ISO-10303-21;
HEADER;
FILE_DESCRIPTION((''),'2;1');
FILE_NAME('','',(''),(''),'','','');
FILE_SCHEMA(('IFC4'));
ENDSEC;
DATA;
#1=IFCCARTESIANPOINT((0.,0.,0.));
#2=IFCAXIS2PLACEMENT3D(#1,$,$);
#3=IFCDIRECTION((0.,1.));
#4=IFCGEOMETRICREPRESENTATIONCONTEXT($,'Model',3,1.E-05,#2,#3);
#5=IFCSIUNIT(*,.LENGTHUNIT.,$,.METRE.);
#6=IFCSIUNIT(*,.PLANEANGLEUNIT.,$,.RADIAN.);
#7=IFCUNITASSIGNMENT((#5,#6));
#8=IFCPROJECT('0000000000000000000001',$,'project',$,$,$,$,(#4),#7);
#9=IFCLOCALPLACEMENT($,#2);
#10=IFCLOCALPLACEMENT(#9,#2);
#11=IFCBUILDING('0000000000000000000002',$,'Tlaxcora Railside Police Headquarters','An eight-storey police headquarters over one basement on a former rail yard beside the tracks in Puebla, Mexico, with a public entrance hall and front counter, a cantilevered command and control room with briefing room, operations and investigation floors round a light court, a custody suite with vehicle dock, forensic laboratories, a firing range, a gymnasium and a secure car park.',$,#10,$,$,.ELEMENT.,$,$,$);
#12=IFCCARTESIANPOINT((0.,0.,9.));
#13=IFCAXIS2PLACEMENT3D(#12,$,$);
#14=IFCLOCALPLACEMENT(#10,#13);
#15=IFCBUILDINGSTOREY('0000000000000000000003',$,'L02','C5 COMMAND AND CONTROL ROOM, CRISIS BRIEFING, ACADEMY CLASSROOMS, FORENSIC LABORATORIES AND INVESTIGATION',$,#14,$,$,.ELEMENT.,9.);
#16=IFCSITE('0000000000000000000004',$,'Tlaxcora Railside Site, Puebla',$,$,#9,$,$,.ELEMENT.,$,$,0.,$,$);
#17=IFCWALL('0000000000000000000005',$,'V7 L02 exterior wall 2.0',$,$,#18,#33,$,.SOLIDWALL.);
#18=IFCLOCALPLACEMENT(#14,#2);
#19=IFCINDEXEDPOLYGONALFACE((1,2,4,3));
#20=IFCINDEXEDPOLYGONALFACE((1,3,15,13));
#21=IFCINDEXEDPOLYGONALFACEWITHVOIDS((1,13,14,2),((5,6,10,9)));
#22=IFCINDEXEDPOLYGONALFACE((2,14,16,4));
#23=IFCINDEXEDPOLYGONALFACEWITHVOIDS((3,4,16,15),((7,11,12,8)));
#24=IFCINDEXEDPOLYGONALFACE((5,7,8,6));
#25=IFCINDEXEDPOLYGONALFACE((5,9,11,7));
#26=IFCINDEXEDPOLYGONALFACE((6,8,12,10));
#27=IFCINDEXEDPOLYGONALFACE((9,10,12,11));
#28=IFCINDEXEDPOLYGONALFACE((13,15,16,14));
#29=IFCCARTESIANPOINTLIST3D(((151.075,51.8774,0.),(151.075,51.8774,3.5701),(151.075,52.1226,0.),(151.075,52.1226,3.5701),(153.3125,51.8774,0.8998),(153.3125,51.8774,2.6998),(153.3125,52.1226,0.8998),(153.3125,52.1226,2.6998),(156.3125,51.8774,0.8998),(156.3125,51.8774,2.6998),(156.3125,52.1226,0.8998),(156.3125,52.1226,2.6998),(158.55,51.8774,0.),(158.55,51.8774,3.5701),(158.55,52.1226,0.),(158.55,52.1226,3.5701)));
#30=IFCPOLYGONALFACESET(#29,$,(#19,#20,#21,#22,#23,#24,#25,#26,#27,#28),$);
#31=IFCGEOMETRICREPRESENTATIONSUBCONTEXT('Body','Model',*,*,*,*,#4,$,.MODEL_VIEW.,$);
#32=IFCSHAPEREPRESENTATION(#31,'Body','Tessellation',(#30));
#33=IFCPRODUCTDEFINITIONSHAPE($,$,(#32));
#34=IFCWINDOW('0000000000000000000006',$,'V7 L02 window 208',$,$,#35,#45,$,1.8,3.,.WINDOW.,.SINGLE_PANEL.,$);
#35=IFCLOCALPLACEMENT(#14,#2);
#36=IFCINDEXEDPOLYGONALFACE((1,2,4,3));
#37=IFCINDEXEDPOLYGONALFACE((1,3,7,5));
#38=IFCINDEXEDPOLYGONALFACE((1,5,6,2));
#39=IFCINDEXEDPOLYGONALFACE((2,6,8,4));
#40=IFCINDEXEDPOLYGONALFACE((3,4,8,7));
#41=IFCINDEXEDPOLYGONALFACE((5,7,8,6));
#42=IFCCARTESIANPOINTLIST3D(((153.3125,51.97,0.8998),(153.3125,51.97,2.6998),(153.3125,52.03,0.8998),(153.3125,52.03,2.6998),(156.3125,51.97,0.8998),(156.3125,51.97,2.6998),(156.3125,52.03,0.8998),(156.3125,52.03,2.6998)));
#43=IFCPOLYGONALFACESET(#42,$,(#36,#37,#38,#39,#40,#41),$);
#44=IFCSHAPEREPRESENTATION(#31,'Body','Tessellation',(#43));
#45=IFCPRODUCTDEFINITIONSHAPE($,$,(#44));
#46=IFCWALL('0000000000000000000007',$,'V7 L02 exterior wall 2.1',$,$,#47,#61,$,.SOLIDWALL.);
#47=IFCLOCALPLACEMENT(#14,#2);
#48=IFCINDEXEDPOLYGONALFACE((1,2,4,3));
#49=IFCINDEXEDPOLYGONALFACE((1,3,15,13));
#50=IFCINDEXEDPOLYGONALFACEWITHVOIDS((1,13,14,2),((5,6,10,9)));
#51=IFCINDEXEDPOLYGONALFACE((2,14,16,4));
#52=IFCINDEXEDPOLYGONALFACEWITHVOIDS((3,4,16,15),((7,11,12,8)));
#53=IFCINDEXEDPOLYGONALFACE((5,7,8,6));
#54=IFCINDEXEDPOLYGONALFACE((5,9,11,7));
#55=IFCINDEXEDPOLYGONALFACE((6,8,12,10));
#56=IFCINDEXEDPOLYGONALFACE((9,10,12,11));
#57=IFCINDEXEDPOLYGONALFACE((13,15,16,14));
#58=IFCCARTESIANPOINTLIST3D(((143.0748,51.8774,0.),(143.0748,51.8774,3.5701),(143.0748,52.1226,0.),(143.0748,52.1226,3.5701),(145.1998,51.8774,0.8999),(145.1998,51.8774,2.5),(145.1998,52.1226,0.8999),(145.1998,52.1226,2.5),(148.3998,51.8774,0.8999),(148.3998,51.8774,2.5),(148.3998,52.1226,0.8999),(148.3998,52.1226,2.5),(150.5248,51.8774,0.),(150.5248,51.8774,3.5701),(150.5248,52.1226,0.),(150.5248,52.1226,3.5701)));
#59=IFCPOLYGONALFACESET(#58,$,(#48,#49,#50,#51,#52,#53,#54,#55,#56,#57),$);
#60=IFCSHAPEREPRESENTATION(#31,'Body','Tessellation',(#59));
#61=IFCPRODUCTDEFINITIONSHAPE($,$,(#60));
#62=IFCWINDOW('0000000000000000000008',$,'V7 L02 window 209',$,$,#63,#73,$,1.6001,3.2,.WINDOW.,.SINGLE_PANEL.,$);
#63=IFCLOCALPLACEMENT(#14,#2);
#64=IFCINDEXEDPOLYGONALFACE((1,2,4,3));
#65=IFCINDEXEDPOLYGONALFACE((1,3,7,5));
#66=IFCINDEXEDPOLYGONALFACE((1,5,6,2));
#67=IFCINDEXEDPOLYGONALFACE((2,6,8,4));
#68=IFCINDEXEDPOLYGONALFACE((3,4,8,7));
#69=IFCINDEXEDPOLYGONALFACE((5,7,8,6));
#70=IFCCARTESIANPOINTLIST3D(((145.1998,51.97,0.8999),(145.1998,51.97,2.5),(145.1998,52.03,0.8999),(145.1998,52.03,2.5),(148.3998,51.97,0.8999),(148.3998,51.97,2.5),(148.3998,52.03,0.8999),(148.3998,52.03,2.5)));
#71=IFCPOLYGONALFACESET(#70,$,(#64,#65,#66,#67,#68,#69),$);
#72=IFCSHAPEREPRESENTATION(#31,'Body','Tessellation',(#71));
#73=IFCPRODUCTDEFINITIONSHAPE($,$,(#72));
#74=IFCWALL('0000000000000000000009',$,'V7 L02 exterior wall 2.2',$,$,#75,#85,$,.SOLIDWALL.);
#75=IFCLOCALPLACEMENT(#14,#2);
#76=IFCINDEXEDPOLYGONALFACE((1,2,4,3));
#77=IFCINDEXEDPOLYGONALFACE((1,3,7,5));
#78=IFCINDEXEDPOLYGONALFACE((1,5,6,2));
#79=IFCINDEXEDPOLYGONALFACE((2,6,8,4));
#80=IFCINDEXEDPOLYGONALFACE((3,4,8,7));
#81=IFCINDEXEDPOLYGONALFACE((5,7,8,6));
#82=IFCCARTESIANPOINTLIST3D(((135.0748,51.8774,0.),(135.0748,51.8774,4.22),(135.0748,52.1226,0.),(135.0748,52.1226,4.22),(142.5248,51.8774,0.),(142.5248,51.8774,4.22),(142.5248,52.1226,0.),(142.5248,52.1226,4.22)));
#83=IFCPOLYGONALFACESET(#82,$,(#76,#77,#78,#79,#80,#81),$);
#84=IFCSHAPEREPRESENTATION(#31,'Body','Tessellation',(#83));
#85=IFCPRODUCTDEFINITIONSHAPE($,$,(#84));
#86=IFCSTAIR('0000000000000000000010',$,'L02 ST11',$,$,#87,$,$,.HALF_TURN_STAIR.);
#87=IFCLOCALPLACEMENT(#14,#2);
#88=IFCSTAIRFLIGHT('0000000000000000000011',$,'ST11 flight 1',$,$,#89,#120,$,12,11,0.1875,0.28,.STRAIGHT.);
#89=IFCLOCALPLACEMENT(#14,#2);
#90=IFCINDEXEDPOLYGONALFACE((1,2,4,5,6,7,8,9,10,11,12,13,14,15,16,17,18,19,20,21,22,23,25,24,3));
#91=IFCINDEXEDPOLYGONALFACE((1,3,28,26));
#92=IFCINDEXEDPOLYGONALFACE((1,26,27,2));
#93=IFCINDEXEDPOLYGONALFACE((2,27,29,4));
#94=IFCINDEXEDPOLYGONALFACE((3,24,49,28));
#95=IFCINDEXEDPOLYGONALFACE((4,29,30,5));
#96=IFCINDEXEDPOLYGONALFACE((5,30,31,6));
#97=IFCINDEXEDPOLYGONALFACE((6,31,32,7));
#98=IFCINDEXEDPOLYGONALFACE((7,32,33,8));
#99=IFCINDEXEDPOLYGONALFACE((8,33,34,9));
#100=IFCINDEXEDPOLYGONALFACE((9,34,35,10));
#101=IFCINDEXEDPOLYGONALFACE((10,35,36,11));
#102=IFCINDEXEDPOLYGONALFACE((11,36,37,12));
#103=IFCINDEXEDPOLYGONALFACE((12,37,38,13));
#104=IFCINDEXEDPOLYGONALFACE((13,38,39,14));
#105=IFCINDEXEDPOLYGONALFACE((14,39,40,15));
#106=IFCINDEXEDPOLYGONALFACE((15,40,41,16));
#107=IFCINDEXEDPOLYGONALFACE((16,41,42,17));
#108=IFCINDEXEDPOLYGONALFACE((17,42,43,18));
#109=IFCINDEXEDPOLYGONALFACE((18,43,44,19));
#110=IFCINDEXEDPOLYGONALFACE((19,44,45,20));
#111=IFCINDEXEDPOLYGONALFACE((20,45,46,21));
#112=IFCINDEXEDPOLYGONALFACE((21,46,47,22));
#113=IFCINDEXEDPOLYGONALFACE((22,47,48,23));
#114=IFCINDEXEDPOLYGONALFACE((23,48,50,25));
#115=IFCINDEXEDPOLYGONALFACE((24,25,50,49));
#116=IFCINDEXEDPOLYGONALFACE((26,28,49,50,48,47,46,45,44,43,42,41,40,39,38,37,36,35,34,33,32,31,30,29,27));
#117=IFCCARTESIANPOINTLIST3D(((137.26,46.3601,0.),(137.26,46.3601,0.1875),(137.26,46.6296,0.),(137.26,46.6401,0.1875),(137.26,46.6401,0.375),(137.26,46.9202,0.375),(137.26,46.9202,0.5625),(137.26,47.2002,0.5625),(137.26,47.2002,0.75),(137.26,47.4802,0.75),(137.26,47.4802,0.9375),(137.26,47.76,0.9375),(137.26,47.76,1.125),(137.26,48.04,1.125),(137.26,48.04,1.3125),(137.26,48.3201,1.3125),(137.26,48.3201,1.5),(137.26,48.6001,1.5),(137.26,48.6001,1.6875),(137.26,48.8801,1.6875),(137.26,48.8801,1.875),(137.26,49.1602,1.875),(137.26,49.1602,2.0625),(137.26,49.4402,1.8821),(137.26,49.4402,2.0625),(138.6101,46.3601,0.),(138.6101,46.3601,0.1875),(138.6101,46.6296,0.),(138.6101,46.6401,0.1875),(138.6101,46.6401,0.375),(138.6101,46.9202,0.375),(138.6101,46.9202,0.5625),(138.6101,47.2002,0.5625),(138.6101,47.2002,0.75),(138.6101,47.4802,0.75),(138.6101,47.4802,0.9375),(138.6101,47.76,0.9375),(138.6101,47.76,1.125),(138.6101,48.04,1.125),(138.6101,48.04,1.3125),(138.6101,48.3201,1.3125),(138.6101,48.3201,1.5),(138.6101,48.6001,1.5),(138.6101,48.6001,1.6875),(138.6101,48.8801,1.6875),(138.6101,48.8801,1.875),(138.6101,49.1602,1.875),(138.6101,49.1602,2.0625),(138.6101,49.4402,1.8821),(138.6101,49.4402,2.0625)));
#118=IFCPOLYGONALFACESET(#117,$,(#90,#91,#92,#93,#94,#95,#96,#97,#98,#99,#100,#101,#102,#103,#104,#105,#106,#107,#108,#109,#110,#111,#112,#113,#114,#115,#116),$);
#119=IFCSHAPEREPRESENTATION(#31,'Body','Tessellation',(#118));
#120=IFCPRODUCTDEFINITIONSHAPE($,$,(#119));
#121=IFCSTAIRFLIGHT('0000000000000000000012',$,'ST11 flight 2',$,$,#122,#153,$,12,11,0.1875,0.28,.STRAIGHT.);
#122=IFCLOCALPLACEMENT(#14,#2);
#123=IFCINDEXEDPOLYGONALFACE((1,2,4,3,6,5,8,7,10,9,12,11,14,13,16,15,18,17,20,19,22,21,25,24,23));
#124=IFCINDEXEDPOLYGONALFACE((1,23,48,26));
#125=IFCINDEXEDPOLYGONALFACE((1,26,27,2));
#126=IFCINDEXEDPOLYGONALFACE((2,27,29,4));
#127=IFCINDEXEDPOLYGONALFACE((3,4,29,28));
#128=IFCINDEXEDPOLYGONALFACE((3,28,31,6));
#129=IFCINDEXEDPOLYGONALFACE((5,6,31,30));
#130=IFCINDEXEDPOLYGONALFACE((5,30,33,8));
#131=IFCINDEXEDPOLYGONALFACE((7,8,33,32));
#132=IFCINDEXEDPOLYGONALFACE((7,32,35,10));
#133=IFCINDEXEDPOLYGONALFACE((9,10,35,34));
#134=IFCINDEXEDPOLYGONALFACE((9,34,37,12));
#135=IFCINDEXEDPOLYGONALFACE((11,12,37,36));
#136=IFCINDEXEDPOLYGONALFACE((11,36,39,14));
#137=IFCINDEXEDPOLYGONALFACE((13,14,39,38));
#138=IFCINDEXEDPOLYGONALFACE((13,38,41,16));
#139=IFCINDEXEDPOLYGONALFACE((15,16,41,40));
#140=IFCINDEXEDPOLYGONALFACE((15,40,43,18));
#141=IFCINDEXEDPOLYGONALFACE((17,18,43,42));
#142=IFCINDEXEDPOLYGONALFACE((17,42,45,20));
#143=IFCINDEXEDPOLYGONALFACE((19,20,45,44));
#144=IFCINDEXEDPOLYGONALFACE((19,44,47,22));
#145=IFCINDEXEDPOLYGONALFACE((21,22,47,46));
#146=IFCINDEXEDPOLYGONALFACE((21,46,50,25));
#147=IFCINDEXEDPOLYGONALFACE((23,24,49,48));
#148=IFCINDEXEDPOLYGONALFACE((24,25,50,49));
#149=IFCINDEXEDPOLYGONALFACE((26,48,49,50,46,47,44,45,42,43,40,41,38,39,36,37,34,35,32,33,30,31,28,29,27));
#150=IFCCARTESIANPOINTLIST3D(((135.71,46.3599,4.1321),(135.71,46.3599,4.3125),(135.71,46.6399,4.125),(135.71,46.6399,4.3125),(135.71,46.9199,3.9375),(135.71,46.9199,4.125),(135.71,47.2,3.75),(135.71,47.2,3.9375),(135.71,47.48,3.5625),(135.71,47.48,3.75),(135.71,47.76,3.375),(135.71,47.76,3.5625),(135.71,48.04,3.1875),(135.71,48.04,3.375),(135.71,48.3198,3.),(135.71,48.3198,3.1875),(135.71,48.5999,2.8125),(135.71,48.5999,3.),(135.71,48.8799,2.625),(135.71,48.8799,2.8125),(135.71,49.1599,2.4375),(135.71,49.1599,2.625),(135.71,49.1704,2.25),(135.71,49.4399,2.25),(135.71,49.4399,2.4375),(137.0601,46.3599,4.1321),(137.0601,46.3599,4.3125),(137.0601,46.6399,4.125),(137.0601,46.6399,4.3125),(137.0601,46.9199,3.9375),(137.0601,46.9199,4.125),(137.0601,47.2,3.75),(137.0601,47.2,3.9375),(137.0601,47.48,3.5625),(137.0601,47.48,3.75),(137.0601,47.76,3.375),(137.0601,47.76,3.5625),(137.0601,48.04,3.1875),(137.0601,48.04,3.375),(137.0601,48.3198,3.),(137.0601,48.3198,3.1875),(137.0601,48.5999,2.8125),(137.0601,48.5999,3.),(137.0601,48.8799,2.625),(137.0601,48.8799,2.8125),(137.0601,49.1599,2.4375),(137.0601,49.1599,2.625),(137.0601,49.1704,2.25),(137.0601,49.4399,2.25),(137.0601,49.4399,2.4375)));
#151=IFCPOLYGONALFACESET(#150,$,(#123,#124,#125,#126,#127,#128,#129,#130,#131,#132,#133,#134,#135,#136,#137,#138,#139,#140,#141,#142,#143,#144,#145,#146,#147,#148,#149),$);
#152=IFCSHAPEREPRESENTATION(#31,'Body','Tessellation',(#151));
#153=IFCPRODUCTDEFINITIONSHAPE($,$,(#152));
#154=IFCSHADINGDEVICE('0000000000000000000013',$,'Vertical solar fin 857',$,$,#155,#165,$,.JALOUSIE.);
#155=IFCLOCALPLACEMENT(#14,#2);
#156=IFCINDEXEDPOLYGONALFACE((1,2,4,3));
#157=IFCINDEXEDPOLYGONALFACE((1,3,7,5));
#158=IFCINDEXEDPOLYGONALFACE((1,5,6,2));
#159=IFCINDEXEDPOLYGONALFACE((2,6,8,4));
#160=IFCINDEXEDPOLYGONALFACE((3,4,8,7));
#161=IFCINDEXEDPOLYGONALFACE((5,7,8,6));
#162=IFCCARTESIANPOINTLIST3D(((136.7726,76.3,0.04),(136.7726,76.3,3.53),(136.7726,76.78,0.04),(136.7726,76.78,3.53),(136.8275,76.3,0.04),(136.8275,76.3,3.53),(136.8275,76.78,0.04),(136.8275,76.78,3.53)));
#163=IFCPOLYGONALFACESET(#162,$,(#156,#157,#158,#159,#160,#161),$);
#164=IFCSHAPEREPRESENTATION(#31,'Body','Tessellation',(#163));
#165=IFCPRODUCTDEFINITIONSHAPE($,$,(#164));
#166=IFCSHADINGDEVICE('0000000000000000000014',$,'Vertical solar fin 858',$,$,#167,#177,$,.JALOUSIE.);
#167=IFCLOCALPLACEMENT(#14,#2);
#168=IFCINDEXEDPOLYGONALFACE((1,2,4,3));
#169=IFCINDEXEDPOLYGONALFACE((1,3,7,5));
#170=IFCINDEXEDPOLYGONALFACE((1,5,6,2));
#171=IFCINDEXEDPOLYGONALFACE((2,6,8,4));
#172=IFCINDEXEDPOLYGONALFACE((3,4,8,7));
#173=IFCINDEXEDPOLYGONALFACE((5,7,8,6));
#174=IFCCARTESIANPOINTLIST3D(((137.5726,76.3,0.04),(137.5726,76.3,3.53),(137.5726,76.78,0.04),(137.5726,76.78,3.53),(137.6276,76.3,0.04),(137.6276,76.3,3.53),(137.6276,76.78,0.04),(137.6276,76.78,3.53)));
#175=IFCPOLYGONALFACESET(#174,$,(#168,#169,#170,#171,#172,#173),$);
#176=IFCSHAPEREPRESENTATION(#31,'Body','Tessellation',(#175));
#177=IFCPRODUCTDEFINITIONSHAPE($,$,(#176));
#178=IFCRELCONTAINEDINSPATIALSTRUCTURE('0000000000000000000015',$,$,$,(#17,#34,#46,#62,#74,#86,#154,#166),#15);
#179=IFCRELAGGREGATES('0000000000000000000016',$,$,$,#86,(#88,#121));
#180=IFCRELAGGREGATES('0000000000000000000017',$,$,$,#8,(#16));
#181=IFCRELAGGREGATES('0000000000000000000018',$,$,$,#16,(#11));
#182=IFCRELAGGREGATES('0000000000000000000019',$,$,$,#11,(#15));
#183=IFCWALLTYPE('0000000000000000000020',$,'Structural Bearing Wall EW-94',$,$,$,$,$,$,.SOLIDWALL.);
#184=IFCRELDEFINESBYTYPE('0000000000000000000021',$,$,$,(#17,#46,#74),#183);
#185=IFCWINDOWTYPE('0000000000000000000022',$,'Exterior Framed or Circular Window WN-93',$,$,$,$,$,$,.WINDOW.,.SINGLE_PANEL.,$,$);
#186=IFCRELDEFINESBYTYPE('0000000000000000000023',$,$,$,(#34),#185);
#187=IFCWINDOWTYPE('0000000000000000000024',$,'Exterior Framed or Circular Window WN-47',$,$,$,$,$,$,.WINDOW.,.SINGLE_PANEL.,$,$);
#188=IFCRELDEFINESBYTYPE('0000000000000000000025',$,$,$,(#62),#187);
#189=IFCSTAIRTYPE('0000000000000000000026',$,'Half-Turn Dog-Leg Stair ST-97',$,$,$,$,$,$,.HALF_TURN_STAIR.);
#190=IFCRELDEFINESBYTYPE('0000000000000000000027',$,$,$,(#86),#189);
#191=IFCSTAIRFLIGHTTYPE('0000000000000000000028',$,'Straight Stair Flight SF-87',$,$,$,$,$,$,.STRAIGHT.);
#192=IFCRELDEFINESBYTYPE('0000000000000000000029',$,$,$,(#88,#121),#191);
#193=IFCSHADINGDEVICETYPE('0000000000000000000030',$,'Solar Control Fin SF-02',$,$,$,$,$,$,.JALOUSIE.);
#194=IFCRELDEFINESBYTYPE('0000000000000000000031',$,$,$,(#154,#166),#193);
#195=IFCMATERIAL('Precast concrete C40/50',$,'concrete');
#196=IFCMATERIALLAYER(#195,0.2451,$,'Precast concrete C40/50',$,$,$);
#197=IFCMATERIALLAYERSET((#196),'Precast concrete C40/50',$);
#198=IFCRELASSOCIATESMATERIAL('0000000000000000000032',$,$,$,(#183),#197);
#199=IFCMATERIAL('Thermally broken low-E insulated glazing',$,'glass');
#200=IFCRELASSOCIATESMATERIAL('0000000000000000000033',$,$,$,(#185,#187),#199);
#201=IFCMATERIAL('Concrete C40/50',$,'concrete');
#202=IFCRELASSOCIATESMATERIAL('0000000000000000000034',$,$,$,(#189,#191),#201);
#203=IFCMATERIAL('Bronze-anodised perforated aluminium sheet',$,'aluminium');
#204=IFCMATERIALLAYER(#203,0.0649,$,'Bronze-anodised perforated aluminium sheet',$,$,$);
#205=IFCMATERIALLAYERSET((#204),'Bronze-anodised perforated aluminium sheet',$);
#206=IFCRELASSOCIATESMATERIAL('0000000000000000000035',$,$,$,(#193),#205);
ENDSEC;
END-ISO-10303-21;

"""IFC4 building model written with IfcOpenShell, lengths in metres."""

from ifc_helpers import new_model, si_unit, direction, frame, frame_2d, origin, origin_2d, place, context, subcontext, project, spatial, polyline, rectangle, outline, extrude, material, layer, layer_set, type_object, element, fill, aggregate, save


model = new_model("IFC4")

# Units and contexts
model_context = context("Model", 3, precision=1e-05, world=origin(), true_north=direction((0.0, 1.0)))
body_context = subcontext(model_context, "Body", "Model", "MODEL_VIEW")
ifc_project = project(units=[si_unit("LENGTHUNIT", "METRE"), si_unit("PLANEANGLEUNIT", "RADIAN")], contexts=[model_context])

# Site, building, storey
site_placement = place(None, origin())
site = spatial("IfcSite", under=ifc_project, at=site_placement, Name="Tlaxcora Railside Site, Puebla", CompositionType="ELEMENT", RefElevation=0.0)
building_placement = place(site_placement, origin())
building = spatial("IfcBuilding", under=site, at=building_placement, Name="Tlaxcora Railside Police Headquarters", Description="An eight-storey police headquarters over one basement on a former rail yard beside the tracks in Puebla, Mexico, with a public entrance hall and front counter, a cantilevered command and control room with briefing room, operations and investigation floors round a light court, a custody suite with vehicle dock, forensic laboratories, a firing range, a gymnasium and a secure car park.", CompositionType="ELEMENT")
storey_placement = place(building_placement, frame((0.0, 0.0, 9.0)))
storey = spatial("IfcBuildingStorey", under=building, at=storey_placement, Name="L02", Description="C5 COMMAND AND CONTROL ROOM, CRISIS BRIEFING, ACADEMY CLASSROOMS, FORENSIC LABORATORIES AND INVESTIGATION", CompositionType="ELEMENT", Elevation=9.0)

# Shared definitions
ifc_material_1 = material(Name="Concrete C40/50", Category="concrete")

# Walls, openings, windows
ifc_material_2 = material(Name="Precast concrete C40/50", Category="concrete")
ifc_layer_1 = layer(ifc_material_2, 0.2451, Name="Precast concrete C40/50")
ifc_layer_set_1 = layer_set([ifc_layer_1], Name="Precast concrete C40/50")
wall_type_1 = type_object("IfcWallType", Name="Structural Bearing Wall EW-94", PredefinedType="SOLIDWALL", material=ifc_layer_set_1)
ifc_material_3 = material(Name="Thermally broken low-E insulated glazing", Category="glass")
wall_1_placement = place(storey_placement, frame((158.55, 52.0, 0.0), z_axis=(0.0, 0.0, 1.0), x_axis=(-1.0, 0.0, 0.0)))
wall_1 = element("IfcWall", 1, at=wall_1_placement, inside=storey, type_object=wall_type_1, Name="V7 L02 exterior wall 2.0", PredefinedType="SOLIDWALL", context=body_context, shape_type="SweptSolid", body=[
    extrude(rectangle(XDim=7.4751, YDim=0.2451, at=frame_2d((3.7375, 0.0))), origin(), (0.0, 0.0, 1.0), 3.5701),
])
opening_1_placement = place(wall_1_placement, frame((2.2375, 0.0, 0.8999)))
opening_1 = element("IfcOpeningElement", 2, at=opening_1_placement, cuts=wall_1, PredefinedType="OPENING", context=body_context, shape_type="SweptSolid", body=[
    extrude(rectangle(XDim=3.0, YDim=1.8, at=frame_2d((1.5, 0.8999))), frame((0.0, 0.1326, 0.0), z_axis=(0.0, -1.0, 0.0), x_axis=(1.0, 0.0, 0.0)), (0.0, 0.0, 1.0), 0.2651),
])
window_type_1 = type_object("IfcWindowType", Name="Exterior Framed or Circular Window WN-93", PartitioningType="SINGLE_PANEL", PredefinedType="WINDOW", material=ifc_material_3)
window_1_placement = place(opening_1_placement, origin())
window_1 = element("IfcWindow", 3, at=window_1_placement, inside=storey, type_object=window_type_1, Name="V7 L02 window 208", OverallHeight=1.8, OverallWidth=3.0, PartitioningType="SINGLE_PANEL", PredefinedType="WINDOW", context=body_context, shape_type="SweptSolid", body=[
    extrude(rectangle(XDim=3.0, YDim=1.8, at=frame_2d((1.5, 0.8999))), frame((0.0, 0.03, 0.0), z_axis=(0.0, -1.0, 0.0), x_axis=(1.0, 0.0, 0.0)), (0.0, 0.0, 1.0), 0.0601),
])
fill(opening_1, window_1)
wall_2_placement = place(storey_placement, frame((150.5249, 52.0, 0.0), z_axis=(0.0, 0.0, 1.0), x_axis=(-1.0, 0.0, 0.0)))
wall_2 = element("IfcWall", 4, at=wall_2_placement, inside=storey, type_object=wall_type_1, Name="V7 L02 exterior wall 2.1", PredefinedType="SOLIDWALL", context=body_context, shape_type="SweptSolid", body=[
    extrude(rectangle(XDim=7.45, YDim=0.2451, at=frame_2d((3.7251, 0.0))), origin(), (0.0, 0.0, 1.0), 3.5701),
])
opening_2_placement = place(wall_2_placement, frame((2.125, 0.0, 0.8999)))
opening_2 = element("IfcOpeningElement", 5, at=opening_2_placement, cuts=wall_2, PredefinedType="OPENING", context=body_context, shape_type="SweptSolid", body=[
    extrude(rectangle(XDim=3.2, YDim=1.6001, at=frame_2d((1.6001, 0.8))), frame((0.0, 0.1326, 0.0), z_axis=(0.0, -1.0, 0.0), x_axis=(1.0, 0.0, 0.0)), (0.0, 0.0, 1.0), 0.2651),
])
window_type_2 = type_object("IfcWindowType", Name="Exterior Framed or Circular Window WN-47", PartitioningType="SINGLE_PANEL", PredefinedType="WINDOW", material=ifc_material_3)
window_2_placement = place(opening_2_placement, origin())
window_2 = element("IfcWindow", 6, at=window_2_placement, inside=storey, type_object=window_type_2, Name="V7 L02 window 209", OverallHeight=1.6001, OverallWidth=3.2, PartitioningType="SINGLE_PANEL", PredefinedType="WINDOW", context=body_context, shape_type="SweptSolid", body=[
    extrude(rectangle(XDim=3.2, YDim=1.6001, at=frame_2d((1.6001, 0.8))), frame((0.0, 0.03, 0.0), z_axis=(0.0, -1.0, 0.0), x_axis=(1.0, 0.0, 0.0)), (0.0, 0.0, 1.0), 0.0601),
])
fill(opening_2, window_2)

# Wall
wall_3_placement = place(storey_placement, frame((142.5249, 52.0, 0.0), z_axis=(0.0, 0.0, 1.0), x_axis=(-1.0, 0.0, 0.0)))
element("IfcWall", 7, at=wall_3_placement, inside=storey, type_object=wall_type_1, Name="V7 L02 exterior wall 2.2", PredefinedType="SOLIDWALL", context=body_context, shape_type="SweptSolid", body=[
    extrude(rectangle(XDim=7.45, YDim=0.2451, at=frame_2d((3.7251, 0.0))), origin(), (0.0, 0.0, 1.0), 4.22),
])

# Stair, stair flights
stair_type = type_object("IfcStairType", Name="Half-Turn Dog-Leg Stair ST-97", PredefinedType="HALF_TURN_STAIR", material=ifc_material_1)
stair_placement = place(storey_placement, origin())
stair = element("IfcStair", 8, at=stair_placement, inside=storey, type_object=stair_type, Name="L02 ST11", PredefinedType="HALF_TURN_STAIR")
stair_flight_type = type_object("IfcStairFlightType", Name="Straight Stair Flight SF-87", PredefinedType="STRAIGHT", material=ifc_material_1)
stair_flight_1_placement = place(storey_placement, frame((137.9351, 46.3601, 0.0), z_axis=(0.0, 0.0, 1.0), x_axis=(0.0, 1.0, 0.0)))
stair_flight_1 = element("IfcStairFlight", 9, at=stair_flight_1_placement, type_object=stair_flight_type, Name="ST11 flight 1", NumberOfRisers=12, NumberOfTreads=11, PredefinedType="STRAIGHT", RiserHeight=0.1875, TreadLength=0.28, context=body_context, shape_type="SweptSolid", body=[
    extrude(outline(polyline([(0.0, 0.0), (0.0, 0.1875), (0.28, 0.1875), (0.28, 0.375), (0.5601, 0.375), (0.5601, 0.5625), (0.8401, 0.5625), (0.8401, 0.75), (1.1201, 0.75), (1.1201, 0.9375), (1.3999, 0.9375), (1.3999, 1.125), (1.6799, 1.125), (1.6799, 1.3125), (1.96, 1.3125), (1.96, 1.5), (2.24, 1.5), (2.24, 1.6875), (2.52, 1.6875), (2.52, 1.875), (2.8, 1.875), (2.8, 2.0625), (3.0801, 2.0625), (3.0801, 2.25), (3.0801, 1.8821), (0.2695, 0.0), (0.0, 0.0)])), frame((0.0, 0.675, 0.0), z_axis=(0.0, -1.0, 0.0), x_axis=(1.0, 0.0, 0.0)), (0.0, 0.0, 1.0), 1.3501),
])
stair_flight_2_placement = place(storey_placement, frame((136.385, 49.4399, 2.25), z_axis=(0.0, 0.0, 1.0), x_axis=(0.0, -1.0, 0.0)))
stair_flight_2 = element("IfcStairFlight", 10, at=stair_flight_2_placement, type_object=stair_flight_type, Name="ST11 flight 2", NumberOfRisers=12, NumberOfTreads=11, PredefinedType="STRAIGHT", RiserHeight=0.1875, TreadLength=0.28, context=body_context, shape_type="SweptSolid", body=[
    extrude(outline(polyline([(0.0, 0.0), (0.0, 0.1875), (0.28, 0.1875), (0.28, 0.375), (0.5601, 0.375), (0.5601, 0.5625), (0.8401, 0.5625), (0.8401, 0.75), (1.1201, 0.75), (1.1201, 0.9375), (1.3999, 0.9375), (1.3999, 1.125), (1.6799, 1.125), (1.6799, 1.3125), (1.96, 1.3125), (1.96, 1.5), (2.24, 1.5), (2.24, 1.6875), (2.52, 1.6875), (2.52, 1.875), (2.8, 1.875), (2.8, 2.0625), (3.0801, 2.0625), (3.0801, 2.25), (3.0801, 1.8821), (0.2695, 0.0), (0.0, 0.0)])), frame((0.0, 0.675, 0.0), z_axis=(0.0, -1.0, 0.0), x_axis=(1.0, 0.0, 0.0)), (0.0, 0.0, 1.0), 1.3501),
])
aggregate(stair, [stair_flight_1, stair_flight_2])

# Shading devices
ifc_material_4 = material(Name="Bronze-anodised perforated aluminium sheet", Category="aluminium")
ifc_layer_2 = layer(ifc_material_4, 0.0649, Name="Bronze-anodised perforated aluminium sheet")
ifc_layer_set_2 = layer_set([ifc_layer_2], Name="Bronze-anodised perforated aluminium sheet")
shading_device_type = type_object("IfcShadingDeviceType", Name="Solar Control Fin SF-02", PredefinedType="JALOUSIE", material=ifc_layer_set_2)
for number, where, z_axis, x_axis, name in (
    (11, (136.8, 76.54, 0.04), (0.0, 0.0, 1.0), (0.0, -1.0, 0.0), "Vertical solar fin 857"),
    (12, (137.6001, 76.54, 0.04), (0.0, 0.0, 1.0), (0.0, -1.0, 0.0), "Vertical solar fin 858"),
):
    element("IfcShadingDevice", number, at=place(storey_placement, frame(where, z_axis=z_axis, x_axis=x_axis)), inside=storey, type_object=shading_device_type, Name=name, PredefinedType="JALOUSIE", context=body_context, shape_type="SweptSolid", body=[
        extrude(rectangle(XDim=0.48, YDim=0.0549, at=origin_2d()), origin(), (0.0, 0.0, 1.0), 3.49),
    ])

save(model, "model.ifc")
